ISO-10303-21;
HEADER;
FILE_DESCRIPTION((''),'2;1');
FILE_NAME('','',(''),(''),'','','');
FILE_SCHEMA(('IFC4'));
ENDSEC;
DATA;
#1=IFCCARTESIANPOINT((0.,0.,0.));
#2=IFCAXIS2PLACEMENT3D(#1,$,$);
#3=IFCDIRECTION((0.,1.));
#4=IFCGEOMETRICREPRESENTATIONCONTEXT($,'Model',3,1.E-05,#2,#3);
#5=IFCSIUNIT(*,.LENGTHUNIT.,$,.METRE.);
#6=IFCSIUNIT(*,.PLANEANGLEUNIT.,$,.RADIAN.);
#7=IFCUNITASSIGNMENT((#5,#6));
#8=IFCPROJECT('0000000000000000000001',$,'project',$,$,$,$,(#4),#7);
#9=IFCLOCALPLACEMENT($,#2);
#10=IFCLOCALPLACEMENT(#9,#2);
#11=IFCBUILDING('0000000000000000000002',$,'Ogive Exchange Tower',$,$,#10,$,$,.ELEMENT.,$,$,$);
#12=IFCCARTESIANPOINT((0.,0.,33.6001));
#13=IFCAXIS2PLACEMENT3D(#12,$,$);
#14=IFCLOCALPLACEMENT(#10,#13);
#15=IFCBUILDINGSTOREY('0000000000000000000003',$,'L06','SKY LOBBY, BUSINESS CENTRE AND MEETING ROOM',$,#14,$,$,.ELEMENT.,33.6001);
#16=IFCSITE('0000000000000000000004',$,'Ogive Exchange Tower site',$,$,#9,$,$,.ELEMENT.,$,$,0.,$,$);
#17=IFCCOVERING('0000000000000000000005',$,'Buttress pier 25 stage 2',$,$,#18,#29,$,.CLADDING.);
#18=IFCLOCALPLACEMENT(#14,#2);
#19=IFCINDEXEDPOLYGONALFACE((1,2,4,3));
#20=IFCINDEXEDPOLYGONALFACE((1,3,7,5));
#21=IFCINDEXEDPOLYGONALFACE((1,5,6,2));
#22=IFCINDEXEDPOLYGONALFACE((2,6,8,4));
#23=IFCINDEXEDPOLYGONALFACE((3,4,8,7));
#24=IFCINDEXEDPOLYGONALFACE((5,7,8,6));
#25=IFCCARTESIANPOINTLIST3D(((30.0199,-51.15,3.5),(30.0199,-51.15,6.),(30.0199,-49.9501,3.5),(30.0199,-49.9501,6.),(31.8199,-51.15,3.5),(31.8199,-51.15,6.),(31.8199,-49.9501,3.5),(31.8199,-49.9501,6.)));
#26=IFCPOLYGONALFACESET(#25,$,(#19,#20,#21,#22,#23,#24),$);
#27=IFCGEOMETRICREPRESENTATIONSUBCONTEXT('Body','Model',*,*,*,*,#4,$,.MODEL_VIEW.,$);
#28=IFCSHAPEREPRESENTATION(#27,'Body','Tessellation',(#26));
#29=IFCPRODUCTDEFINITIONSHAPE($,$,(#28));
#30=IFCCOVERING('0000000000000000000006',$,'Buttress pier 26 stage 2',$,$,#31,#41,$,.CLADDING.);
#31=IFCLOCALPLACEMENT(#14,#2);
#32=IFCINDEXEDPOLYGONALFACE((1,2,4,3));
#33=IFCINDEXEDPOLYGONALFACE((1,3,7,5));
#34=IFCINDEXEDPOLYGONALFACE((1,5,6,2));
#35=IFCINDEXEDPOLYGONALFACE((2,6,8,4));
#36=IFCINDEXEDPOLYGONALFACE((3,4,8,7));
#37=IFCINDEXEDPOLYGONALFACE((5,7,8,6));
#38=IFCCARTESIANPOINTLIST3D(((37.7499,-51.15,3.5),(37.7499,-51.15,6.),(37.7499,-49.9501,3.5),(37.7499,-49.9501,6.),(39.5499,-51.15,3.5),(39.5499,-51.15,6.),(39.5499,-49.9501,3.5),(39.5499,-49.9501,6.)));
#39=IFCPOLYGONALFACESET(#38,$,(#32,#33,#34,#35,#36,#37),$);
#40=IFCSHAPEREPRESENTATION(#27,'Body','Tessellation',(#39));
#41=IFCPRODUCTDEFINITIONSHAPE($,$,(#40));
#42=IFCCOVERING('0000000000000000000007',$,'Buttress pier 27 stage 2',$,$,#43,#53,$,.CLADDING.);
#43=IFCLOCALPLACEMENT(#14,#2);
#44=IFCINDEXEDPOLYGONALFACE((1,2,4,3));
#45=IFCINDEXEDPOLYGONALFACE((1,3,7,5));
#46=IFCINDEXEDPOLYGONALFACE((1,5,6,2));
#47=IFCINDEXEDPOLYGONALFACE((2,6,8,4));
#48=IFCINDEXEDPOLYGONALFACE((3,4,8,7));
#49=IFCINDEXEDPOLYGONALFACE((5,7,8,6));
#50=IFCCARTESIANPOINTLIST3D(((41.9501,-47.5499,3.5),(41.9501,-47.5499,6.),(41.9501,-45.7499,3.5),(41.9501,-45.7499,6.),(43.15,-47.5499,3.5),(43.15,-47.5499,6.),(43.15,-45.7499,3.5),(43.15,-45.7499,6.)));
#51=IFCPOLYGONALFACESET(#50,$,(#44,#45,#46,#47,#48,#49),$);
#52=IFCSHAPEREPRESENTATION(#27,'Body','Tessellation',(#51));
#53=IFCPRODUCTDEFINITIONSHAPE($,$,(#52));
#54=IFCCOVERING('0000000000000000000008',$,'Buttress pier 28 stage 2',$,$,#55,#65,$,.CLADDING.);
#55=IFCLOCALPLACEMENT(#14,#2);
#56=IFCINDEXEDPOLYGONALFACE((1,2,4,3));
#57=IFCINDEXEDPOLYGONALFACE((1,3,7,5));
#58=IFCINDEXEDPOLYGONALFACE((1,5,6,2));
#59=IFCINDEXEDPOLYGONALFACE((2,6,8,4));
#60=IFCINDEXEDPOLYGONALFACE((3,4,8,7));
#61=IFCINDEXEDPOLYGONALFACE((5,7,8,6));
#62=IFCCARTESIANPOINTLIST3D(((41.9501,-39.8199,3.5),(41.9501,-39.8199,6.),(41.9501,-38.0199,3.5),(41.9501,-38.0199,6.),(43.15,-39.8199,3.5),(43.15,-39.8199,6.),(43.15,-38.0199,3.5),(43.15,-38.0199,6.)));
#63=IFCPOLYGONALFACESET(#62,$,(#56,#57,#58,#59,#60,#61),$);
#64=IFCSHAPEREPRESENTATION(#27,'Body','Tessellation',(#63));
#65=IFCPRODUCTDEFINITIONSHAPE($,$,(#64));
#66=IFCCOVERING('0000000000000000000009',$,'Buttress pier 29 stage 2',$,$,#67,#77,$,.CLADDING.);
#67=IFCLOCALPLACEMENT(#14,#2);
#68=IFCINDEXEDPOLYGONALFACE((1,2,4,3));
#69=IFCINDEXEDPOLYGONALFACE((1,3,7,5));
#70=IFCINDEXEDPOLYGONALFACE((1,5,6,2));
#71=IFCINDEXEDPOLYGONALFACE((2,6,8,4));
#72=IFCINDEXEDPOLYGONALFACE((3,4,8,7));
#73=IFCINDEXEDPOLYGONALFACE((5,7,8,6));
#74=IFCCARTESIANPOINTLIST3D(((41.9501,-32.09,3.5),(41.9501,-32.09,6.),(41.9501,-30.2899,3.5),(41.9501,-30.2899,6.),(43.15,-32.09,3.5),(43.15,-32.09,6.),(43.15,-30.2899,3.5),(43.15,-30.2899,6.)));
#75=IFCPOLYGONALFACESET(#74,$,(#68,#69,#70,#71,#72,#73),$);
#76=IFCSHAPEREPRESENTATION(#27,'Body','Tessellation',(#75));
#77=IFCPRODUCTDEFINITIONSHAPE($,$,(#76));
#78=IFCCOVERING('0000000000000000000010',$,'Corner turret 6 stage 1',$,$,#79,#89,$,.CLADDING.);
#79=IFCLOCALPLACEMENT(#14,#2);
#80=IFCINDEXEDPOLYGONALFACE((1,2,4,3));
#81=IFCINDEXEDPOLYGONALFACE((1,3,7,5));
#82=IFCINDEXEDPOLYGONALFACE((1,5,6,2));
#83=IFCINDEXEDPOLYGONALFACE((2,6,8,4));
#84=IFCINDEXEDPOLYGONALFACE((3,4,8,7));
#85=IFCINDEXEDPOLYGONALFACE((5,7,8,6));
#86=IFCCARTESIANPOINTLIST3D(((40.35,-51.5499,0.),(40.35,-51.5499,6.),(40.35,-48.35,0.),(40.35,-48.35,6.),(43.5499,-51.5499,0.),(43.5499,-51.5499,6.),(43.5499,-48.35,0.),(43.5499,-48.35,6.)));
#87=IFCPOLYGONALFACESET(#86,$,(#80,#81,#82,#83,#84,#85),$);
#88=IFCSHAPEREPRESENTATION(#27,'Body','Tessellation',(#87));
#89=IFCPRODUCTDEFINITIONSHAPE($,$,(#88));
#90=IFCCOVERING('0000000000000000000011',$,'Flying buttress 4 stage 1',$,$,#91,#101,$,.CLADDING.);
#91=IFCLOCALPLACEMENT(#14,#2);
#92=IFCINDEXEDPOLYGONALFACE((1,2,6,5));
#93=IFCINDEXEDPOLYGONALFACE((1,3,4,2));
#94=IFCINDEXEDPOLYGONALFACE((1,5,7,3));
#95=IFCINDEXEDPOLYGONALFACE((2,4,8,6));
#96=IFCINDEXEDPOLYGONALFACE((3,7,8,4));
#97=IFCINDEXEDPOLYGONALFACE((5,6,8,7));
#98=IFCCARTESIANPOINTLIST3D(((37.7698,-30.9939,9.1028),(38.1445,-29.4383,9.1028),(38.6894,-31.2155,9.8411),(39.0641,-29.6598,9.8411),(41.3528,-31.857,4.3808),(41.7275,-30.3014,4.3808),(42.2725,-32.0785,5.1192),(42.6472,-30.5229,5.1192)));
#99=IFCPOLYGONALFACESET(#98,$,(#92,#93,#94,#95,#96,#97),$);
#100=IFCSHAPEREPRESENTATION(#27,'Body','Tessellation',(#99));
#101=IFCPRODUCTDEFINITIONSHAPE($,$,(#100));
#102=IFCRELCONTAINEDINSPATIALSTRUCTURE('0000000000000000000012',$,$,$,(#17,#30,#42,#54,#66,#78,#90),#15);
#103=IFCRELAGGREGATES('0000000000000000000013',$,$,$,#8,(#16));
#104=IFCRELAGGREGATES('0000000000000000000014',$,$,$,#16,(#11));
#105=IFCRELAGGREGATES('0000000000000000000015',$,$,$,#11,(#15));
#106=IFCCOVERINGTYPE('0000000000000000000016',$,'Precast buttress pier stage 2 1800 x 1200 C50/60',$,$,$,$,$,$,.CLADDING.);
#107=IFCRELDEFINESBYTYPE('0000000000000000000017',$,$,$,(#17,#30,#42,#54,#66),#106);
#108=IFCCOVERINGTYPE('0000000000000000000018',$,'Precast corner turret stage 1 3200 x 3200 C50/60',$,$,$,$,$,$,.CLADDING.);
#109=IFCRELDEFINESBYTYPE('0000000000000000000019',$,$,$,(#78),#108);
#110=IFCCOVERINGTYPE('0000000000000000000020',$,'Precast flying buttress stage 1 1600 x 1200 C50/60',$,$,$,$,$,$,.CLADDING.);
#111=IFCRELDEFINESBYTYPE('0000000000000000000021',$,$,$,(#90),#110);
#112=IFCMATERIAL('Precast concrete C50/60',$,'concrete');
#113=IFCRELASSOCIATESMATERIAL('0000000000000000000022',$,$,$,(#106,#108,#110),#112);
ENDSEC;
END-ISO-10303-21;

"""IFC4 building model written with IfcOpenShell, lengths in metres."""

from ifc_helpers import new_model, si_unit, direction, frame, origin, origin_2d, place, context, subcontext, project, spatial, rectangle, extrude, material, material_profile, profile_set, type_object, element, save


model = new_model("IFC4")

# Units and contexts
model_context = context("Model", 3, precision=1e-05, world=origin(), true_north=direction((0.0, 1.0)))
body_context = subcontext(model_context, "Body", "Model", "MODEL_VIEW")
ifc_project = project(units=[si_unit("LENGTHUNIT", "METRE"), si_unit("PLANEANGLEUNIT", "RADIAN")], contexts=[model_context])

# Site, building, storey
site_placement = place(None, origin())
site = spatial("IfcSite", under=ifc_project, at=site_placement, Name="Ogive Exchange Tower site", CompositionType="ELEMENT", RefElevation=0.0)
building_placement = place(site_placement, origin())
building = spatial("IfcBuilding", under=site, at=building_placement, Name="Ogive Exchange Tower", CompositionType="ELEMENT")
storey_placement = place(building_placement, frame((0.0, 0.0, 33.6001)))
storey = spatial("IfcBuildingStorey", under=building, at=storey_placement, Name="L06", Description="SKY LOBBY, BUSINESS CENTRE AND MEETING ROOM", CompositionType="ELEMENT", Elevation=33.6001)

# Coverings
ifc_material_1 = material(Name="Precast concrete C50/60", Category="concrete")
ifc_material_profile_1 = material_profile(ifc_material_1, rectangle(XDim=1.8, YDim=1.2, at=origin_2d()), Name="BUTTRESS PIER 2 1800 x 1200")
ifc_profile_set_1 = profile_set([ifc_material_profile_1], Name="Precast concrete C50/60")
covering_type_1 = type_object("IfcCoveringType", Name="Precast buttress pier stage 2 1800 x 1200 C50/60", PredefinedType="CLADDING", material=ifc_profile_set_1)
for number, where, z_axis, x_axis, name in (
    (1, (30.9199, -50.55, 3.5), (0.0, 0.0, 1.0), (1.0, 0.0, 0.0), "Buttress pier 25 stage 2"),
    (2, (38.6499, -50.55, 3.5), (0.0, 0.0, 1.0), (1.0, 0.0, 0.0), "Buttress pier 26 stage 2"),
    (3, (42.55, -46.6499, 3.5), (0.0, 0.0, 1.0), (0.0, 1.0, 0.0), "Buttress pier 27 stage 2"),
    (4, (42.55, -38.9199, 3.5), (0.0, 0.0, 1.0), (0.0, 1.0, 0.0), "Buttress pier 28 stage 2"),
    (5, (42.55, -31.1899, 3.5), (0.0, 0.0, 1.0), (0.0, 1.0, 0.0), "Buttress pier 29 stage 2"),
):
    element("IfcCovering", number, at=place(storey_placement, frame(where, z_axis=z_axis, x_axis=x_axis)), inside=storey, type_object=covering_type_1, Name=name, PredefinedType="CLADDING", context=body_context, shape_type="SweptSolid", body=[
        extrude(rectangle(XDim=1.8, YDim=1.2, at=origin_2d()), origin(), (0.0, 0.0, 1.0), 2.5),
    ])
ifc_material_profile_2 = material_profile(ifc_material_1, rectangle(XDim=3.2, YDim=3.2, at=origin_2d()), Name="CORNER TURRET 1 3200 x 3200")
ifc_profile_set_2 = profile_set([ifc_material_profile_2], Name="Precast concrete C50/60")
covering_type_2 = type_object("IfcCoveringType", Name="Precast corner turret stage 1 3200 x 3200 C50/60", PredefinedType="CLADDING", material=ifc_profile_set_2)
covering_1_placement = place(storey_placement, frame((41.95, -49.95, 0.0), z_axis=(0.0, 0.0, 1.0), x_axis=(1.0, 0.0, 0.0)))
element("IfcCovering", 6, at=covering_1_placement, inside=storey, type_object=covering_type_2, Name="Corner turret 6 stage 1", PredefinedType="CLADDING", context=body_context, shape_type="SweptSolid", body=[
    extrude(rectangle(XDim=3.2, YDim=3.2, at=origin_2d()), origin(), (0.0, 0.0, 1.0), 6.0),
])
ifc_material_profile_3 = material_profile(ifc_material_1, rectangle(XDim=1.6001, YDim=1.2, at=origin_2d()), Name="FLYING BUTTRESS 1 1600 x 1200")
ifc_profile_set_3 = profile_set([ifc_material_profile_3], Name="Precast concrete C50/60")
covering_type_3 = type_object("IfcCoveringType", Name="Precast flying buttress stage 1 1600 x 1200 C50/60", PredefinedType="CLADDING", material=ifc_profile_set_3)
covering_2_placement = place(storey_placement, frame((42.0, -31.1899, 4.75), z_axis=(-0.598171, 0.144081, 0.788309), x_axis=(-0.234172, -0.972195, 0.0)))
element("IfcCovering", 7, at=covering_2_placement, inside=storey, type_object=covering_type_3, Name="Flying buttress 4 stage 1", PredefinedType="CLADDING", context=body_context, shape_type="SweptSolid", body=[
    extrude(rectangle(XDim=1.6001, YDim=1.2, at=origin_2d()), origin(), (0.0, 0.0, 1.0), 5.99),
])

save(model, "model.ifc")
